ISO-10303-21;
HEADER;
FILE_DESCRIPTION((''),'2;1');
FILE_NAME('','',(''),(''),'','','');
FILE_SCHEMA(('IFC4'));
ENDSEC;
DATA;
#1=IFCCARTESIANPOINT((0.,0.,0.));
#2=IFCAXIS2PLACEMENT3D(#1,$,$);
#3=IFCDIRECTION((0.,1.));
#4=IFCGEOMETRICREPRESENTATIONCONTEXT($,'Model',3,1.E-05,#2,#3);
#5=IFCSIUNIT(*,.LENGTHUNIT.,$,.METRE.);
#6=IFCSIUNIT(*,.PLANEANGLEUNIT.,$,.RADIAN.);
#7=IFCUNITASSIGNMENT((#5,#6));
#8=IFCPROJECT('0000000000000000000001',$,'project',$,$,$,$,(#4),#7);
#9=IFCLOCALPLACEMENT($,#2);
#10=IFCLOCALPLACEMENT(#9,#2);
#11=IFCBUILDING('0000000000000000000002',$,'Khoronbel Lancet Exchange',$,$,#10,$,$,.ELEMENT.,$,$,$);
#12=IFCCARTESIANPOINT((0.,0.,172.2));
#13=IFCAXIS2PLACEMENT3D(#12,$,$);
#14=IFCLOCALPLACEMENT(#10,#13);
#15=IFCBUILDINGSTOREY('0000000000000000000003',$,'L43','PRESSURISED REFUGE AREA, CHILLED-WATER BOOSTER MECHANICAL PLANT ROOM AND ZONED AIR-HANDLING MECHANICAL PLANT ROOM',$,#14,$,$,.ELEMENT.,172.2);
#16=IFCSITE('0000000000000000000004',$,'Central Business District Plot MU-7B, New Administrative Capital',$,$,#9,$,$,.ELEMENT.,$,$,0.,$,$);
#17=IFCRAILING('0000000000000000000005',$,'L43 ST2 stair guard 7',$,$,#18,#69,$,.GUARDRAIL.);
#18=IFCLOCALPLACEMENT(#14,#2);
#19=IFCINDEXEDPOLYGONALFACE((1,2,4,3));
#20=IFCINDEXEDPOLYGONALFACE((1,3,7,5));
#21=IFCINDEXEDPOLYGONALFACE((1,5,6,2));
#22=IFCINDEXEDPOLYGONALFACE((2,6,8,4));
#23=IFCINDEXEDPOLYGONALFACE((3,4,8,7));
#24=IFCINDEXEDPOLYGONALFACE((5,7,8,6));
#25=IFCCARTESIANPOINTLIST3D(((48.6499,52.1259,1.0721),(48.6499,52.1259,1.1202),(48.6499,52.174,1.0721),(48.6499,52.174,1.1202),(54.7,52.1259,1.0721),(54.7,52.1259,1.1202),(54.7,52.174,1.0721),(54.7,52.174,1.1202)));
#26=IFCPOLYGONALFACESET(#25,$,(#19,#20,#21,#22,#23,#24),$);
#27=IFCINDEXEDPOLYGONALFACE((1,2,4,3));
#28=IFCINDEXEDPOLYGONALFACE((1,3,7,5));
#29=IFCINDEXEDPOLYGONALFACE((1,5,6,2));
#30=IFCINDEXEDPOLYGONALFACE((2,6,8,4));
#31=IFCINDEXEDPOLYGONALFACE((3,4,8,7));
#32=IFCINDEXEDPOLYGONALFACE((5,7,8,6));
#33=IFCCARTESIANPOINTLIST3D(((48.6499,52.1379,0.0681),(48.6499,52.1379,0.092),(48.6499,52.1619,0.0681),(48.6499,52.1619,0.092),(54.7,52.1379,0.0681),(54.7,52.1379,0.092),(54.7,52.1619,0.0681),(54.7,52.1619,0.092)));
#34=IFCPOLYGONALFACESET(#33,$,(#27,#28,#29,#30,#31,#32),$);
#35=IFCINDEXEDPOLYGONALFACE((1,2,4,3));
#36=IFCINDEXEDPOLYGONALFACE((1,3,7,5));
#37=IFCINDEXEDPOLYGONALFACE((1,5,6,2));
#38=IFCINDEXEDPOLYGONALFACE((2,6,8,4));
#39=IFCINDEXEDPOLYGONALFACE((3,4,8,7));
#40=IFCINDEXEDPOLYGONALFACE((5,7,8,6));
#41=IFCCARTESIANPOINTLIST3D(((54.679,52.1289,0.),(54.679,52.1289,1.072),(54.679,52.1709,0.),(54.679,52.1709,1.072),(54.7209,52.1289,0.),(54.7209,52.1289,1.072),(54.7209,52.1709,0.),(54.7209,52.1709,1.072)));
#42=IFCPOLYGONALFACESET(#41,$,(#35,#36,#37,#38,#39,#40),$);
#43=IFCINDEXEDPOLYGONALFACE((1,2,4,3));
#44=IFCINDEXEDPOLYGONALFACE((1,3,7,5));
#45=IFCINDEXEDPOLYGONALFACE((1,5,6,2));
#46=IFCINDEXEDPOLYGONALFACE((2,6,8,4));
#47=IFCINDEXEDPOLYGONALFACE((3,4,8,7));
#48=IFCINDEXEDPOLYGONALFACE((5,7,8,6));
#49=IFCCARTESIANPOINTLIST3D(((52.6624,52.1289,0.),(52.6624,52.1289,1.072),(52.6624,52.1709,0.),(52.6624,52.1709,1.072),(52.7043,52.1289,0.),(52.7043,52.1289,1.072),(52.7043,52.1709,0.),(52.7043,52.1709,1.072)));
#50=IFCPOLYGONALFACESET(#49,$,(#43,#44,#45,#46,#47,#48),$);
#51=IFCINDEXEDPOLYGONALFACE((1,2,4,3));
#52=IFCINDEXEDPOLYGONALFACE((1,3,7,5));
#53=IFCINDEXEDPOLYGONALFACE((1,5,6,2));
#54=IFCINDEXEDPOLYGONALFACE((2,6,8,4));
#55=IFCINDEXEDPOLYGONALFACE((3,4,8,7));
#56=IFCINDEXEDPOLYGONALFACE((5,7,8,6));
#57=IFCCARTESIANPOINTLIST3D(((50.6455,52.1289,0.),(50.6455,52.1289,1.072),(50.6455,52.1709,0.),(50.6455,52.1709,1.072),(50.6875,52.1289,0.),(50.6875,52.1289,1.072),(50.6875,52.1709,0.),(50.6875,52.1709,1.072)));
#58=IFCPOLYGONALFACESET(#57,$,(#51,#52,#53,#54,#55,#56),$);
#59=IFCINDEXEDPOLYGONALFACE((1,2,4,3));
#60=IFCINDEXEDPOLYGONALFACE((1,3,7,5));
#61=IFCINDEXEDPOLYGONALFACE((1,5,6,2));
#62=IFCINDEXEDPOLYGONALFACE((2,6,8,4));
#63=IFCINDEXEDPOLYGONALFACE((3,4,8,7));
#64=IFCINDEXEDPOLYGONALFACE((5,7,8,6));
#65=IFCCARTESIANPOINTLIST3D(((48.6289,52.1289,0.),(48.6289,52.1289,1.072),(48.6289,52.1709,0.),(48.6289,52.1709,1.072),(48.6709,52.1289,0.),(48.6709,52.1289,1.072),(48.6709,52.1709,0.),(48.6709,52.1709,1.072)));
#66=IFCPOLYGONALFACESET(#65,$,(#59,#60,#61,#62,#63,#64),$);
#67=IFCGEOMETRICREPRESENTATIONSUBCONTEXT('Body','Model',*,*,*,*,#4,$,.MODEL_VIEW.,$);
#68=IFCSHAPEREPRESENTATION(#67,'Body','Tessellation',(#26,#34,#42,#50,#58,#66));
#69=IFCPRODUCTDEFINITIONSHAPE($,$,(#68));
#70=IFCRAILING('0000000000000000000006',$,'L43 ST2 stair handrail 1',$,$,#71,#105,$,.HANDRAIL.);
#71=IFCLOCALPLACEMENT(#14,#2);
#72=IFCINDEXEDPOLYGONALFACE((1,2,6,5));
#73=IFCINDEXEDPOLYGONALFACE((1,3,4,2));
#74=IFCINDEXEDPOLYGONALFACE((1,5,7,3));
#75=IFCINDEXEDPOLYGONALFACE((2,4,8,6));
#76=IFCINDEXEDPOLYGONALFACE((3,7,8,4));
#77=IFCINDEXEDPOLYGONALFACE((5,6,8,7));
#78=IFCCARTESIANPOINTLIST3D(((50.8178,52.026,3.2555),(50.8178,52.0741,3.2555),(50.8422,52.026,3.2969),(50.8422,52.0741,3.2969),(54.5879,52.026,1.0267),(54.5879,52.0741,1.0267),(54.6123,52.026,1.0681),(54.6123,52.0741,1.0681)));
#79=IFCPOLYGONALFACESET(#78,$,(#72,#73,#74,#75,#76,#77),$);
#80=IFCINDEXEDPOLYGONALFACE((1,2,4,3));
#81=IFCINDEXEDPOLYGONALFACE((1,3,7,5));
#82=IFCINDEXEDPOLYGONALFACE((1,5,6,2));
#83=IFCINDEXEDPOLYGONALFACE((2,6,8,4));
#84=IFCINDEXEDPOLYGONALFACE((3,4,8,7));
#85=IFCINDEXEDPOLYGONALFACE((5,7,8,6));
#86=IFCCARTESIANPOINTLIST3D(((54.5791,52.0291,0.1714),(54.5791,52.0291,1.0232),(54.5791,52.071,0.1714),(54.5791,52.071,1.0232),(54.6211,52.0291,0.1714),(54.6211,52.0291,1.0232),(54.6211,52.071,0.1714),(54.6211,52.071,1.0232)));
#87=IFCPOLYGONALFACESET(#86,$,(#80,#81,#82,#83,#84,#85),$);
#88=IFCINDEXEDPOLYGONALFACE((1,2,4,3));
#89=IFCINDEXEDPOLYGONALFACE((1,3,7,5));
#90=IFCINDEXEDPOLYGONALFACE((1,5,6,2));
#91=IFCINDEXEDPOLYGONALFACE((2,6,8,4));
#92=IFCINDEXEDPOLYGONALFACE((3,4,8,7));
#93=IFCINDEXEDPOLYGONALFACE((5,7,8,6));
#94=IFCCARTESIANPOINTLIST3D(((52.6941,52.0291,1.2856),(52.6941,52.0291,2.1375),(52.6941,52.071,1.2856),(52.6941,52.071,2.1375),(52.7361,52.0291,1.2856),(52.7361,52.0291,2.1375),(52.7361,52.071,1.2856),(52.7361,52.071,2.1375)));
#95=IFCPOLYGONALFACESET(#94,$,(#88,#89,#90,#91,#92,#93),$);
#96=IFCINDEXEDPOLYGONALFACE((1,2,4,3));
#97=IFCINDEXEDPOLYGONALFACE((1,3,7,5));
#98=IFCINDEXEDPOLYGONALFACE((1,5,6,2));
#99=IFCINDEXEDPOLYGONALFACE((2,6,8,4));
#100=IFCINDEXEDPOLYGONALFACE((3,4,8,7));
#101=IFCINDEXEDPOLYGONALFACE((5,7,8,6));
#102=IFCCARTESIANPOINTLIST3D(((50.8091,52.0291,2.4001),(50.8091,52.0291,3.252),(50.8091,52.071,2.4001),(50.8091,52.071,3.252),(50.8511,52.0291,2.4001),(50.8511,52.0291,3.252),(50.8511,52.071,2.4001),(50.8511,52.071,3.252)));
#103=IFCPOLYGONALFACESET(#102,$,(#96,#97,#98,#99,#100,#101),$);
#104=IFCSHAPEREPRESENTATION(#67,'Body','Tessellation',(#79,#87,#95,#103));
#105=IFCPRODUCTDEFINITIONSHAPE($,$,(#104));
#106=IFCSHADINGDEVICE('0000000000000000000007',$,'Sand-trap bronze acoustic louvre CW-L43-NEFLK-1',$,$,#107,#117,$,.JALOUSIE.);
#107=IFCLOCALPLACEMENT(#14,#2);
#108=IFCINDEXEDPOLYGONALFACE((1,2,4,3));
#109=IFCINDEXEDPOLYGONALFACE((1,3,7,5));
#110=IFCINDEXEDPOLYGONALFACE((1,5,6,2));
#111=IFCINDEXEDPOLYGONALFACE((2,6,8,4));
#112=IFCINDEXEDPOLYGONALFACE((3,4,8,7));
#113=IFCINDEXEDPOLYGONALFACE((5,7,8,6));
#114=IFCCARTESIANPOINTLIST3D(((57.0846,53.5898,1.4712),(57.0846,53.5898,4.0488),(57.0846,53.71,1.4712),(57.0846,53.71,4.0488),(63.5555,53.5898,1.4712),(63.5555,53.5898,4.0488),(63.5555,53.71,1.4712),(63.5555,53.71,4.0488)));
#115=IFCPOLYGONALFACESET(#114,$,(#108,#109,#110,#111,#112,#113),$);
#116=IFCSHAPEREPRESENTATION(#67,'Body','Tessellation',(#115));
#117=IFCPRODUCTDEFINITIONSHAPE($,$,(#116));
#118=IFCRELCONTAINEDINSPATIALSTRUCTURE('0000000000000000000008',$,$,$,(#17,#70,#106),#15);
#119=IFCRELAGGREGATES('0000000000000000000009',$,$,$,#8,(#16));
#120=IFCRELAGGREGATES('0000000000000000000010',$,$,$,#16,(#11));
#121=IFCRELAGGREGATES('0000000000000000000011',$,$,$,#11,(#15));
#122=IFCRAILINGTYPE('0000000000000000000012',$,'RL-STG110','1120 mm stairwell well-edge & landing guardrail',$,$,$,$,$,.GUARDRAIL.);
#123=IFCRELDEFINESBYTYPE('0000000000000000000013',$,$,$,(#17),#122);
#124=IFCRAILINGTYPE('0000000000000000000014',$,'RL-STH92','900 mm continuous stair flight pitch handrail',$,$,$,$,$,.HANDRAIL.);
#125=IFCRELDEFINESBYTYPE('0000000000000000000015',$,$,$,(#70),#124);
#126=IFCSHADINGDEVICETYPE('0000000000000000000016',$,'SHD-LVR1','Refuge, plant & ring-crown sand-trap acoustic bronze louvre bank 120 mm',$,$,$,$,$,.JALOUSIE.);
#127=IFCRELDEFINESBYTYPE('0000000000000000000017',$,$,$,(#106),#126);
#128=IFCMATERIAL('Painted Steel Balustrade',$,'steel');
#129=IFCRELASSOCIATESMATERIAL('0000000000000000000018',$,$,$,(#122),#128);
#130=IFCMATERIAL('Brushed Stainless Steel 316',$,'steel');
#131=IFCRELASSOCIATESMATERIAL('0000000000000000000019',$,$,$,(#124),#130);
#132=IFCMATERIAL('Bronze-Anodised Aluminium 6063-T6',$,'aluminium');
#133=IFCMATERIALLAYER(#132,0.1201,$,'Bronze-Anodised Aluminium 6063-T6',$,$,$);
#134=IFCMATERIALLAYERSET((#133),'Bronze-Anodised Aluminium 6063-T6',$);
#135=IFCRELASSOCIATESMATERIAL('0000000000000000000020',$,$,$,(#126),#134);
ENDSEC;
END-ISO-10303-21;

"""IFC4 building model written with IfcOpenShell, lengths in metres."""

from ifc_helpers import new_model, si_unit, direction, frame, origin, origin_2d, place, context, subcontext, project, spatial, rectangle, extrude, material, layer, layer_set, type_object, element, save


model = new_model("IFC4")

# Units and contexts
model_context = context("Model", 3, precision=1e-05, world=origin(), true_north=direction((0.0, 1.0)))
body_context = subcontext(model_context, "Body", "Model", "MODEL_VIEW")
ifc_project = project(units=[si_unit("LENGTHUNIT", "METRE"), si_unit("PLANEANGLEUNIT", "RADIAN")], contexts=[model_context])

# Site, building, storey
site_placement = place(None, origin())
site = spatial("IfcSite", under=ifc_project, at=site_placement, Name="Central Business District Plot MU-7B, New Administrative Capital", CompositionType="ELEMENT", RefElevation=0.0)
building_placement = place(site_placement, origin())
building = spatial("IfcBuilding", under=site, at=building_placement, Name="Khoronbel Lancet Exchange", CompositionType="ELEMENT")
storey_placement = place(building_placement, frame((0.0, 0.0, 172.2)))
storey = spatial("IfcBuildingStorey", under=building, at=storey_placement, Name="L43", Description="PRESSURISED REFUGE AREA, CHILLED-WATER BOOSTER MECHANICAL PLANT ROOM AND ZONED AIR-HANDLING MECHANICAL PLANT ROOM", CompositionType="ELEMENT", Elevation=172.2)

# Shared definitions
ifc_material_1 = material(Name="Bronze-Anodised Aluminium 6063-T6", Category="aluminium")

# Railings
ifc_material_2 = material(Name="Painted Steel Balustrade", Category="steel")
railing_type_1 = type_object("IfcRailingType", Name="RL-STG110", Description="1120 mm stairwell well-edge & landing guardrail", PredefinedType="GUARDRAIL", material=ifc_material_2)
railing_1_placement = place(storey_placement, frame((54.7, 52.1499, 0.0)))
element("IfcRailing", 1, at=railing_1_placement, inside=storey, type_object=railing_type_1, Name="L43 ST2 stair guard 7", PredefinedType="GUARDRAIL", context=body_context, shape_type="SweptSolid", body=[
    extrude(rectangle(XDim=0.0481, YDim=0.0481, at=origin_2d()), frame((0.0, 0.0, 1.0962), z_axis=(-1.0, 0.0, 0.0), x_axis=(0.0, -1.0, 0.0)), (0.0, 0.0, 1.0), 6.05),
    extrude(rectangle(XDim=0.0239, YDim=0.0239, at=origin_2d()), frame((0.0, 0.0, 0.0801), z_axis=(-1.0, 0.0, 0.0), x_axis=(0.0, -1.0, 0.0)), (0.0, 0.0, 1.0), 6.05),
    extrude(rectangle(XDim=0.042, YDim=0.042, at=origin_2d()), origin(), (0.0, 0.0, 1.0), 1.072),
    extrude(rectangle(XDim=0.042, YDim=0.042, at=origin_2d()), frame((-2.0166, 0.0, 0.0)), (0.0, 0.0, 1.0), 1.072),
    extrude(rectangle(XDim=0.042, YDim=0.042, at=origin_2d()), frame((-4.0334, 0.0, 0.0)), (0.0, 0.0, 1.0), 1.072),
    extrude(rectangle(XDim=0.042, YDim=0.042, at=origin_2d()), frame((-6.05, 0.0, 0.0)), (0.0, 0.0, 1.0), 1.072),
])
ifc_material_3 = material(Name="Brushed Stainless Steel 316", Category="steel")
railing_type_2 = type_object("IfcRailingType", Name="RL-STH92", Description="900 mm continuous stair flight pitch handrail", PredefinedType="HANDRAIL", material=ifc_material_3)
railing_2_placement = place(storey_placement, frame((54.6001, 52.05, 0.1714)))
element("IfcRailing", 2, at=railing_2_placement, inside=storey, type_object=railing_type_2, Name="L43 ST2 stair handrail 1", PredefinedType="HANDRAIL", context=body_context, shape_type="SweptSolid", body=[
    extrude(rectangle(XDim=0.0481, YDim=0.0481, at=origin_2d()), frame((0.0, 0.0, 0.876), z_axis=(-0.860824, 0.0, 0.508902), x_axis=(0.0, -1.0, 0.0)), (0.0, 0.0, 1.0), 4.3796),
    extrude(rectangle(XDim=0.042, YDim=0.042, at=origin_2d()), origin(), (0.0, 0.0, 1.0), 0.8518),
    extrude(rectangle(XDim=0.042, YDim=0.042, at=origin_2d()), frame((-1.885, 0.0, 1.1143)), (0.0, 0.0, 1.0), 0.8518),
    extrude(rectangle(XDim=0.042, YDim=0.042, at=origin_2d()), frame((-3.77, 0.0, 2.2288)), (0.0, 0.0, 1.0), 0.8518),
])

# Shading device
ifc_layer_1 = layer(ifc_material_1, 0.1201, Name="Bronze-Anodised Aluminium 6063-T6")
ifc_layer_set_1 = layer_set([ifc_layer_1], Name="Bronze-Anodised Aluminium 6063-T6")
shading_device_type = type_object("IfcShadingDeviceType", Name="SHD-LVR1", Description="Refuge, plant & ring-crown sand-trap acoustic bronze louvre bank 120 mm", PredefinedType="JALOUSIE", material=ifc_layer_set_1)
shading_device_placement = place(storey_placement, frame((60.3201, 53.6499, 1.4712), z_axis=(0.0, 0.0, 1.0), x_axis=(-1.0, 0.0, 0.0)))
element("IfcShadingDevice", 3, at=shading_device_placement, inside=storey, type_object=shading_device_type, Name="Sand-trap bronze acoustic louvre CW-L43-NEFLK-1", PredefinedType="JALOUSIE", context=body_context, shape_type="SweptSolid", body=[
    extrude(rectangle(XDim=6.4709, YDim=0.1201, at=origin_2d()), origin(), (0.0, 0.0, 1.0), 2.5776),
])

save(model, "model.ifc")
